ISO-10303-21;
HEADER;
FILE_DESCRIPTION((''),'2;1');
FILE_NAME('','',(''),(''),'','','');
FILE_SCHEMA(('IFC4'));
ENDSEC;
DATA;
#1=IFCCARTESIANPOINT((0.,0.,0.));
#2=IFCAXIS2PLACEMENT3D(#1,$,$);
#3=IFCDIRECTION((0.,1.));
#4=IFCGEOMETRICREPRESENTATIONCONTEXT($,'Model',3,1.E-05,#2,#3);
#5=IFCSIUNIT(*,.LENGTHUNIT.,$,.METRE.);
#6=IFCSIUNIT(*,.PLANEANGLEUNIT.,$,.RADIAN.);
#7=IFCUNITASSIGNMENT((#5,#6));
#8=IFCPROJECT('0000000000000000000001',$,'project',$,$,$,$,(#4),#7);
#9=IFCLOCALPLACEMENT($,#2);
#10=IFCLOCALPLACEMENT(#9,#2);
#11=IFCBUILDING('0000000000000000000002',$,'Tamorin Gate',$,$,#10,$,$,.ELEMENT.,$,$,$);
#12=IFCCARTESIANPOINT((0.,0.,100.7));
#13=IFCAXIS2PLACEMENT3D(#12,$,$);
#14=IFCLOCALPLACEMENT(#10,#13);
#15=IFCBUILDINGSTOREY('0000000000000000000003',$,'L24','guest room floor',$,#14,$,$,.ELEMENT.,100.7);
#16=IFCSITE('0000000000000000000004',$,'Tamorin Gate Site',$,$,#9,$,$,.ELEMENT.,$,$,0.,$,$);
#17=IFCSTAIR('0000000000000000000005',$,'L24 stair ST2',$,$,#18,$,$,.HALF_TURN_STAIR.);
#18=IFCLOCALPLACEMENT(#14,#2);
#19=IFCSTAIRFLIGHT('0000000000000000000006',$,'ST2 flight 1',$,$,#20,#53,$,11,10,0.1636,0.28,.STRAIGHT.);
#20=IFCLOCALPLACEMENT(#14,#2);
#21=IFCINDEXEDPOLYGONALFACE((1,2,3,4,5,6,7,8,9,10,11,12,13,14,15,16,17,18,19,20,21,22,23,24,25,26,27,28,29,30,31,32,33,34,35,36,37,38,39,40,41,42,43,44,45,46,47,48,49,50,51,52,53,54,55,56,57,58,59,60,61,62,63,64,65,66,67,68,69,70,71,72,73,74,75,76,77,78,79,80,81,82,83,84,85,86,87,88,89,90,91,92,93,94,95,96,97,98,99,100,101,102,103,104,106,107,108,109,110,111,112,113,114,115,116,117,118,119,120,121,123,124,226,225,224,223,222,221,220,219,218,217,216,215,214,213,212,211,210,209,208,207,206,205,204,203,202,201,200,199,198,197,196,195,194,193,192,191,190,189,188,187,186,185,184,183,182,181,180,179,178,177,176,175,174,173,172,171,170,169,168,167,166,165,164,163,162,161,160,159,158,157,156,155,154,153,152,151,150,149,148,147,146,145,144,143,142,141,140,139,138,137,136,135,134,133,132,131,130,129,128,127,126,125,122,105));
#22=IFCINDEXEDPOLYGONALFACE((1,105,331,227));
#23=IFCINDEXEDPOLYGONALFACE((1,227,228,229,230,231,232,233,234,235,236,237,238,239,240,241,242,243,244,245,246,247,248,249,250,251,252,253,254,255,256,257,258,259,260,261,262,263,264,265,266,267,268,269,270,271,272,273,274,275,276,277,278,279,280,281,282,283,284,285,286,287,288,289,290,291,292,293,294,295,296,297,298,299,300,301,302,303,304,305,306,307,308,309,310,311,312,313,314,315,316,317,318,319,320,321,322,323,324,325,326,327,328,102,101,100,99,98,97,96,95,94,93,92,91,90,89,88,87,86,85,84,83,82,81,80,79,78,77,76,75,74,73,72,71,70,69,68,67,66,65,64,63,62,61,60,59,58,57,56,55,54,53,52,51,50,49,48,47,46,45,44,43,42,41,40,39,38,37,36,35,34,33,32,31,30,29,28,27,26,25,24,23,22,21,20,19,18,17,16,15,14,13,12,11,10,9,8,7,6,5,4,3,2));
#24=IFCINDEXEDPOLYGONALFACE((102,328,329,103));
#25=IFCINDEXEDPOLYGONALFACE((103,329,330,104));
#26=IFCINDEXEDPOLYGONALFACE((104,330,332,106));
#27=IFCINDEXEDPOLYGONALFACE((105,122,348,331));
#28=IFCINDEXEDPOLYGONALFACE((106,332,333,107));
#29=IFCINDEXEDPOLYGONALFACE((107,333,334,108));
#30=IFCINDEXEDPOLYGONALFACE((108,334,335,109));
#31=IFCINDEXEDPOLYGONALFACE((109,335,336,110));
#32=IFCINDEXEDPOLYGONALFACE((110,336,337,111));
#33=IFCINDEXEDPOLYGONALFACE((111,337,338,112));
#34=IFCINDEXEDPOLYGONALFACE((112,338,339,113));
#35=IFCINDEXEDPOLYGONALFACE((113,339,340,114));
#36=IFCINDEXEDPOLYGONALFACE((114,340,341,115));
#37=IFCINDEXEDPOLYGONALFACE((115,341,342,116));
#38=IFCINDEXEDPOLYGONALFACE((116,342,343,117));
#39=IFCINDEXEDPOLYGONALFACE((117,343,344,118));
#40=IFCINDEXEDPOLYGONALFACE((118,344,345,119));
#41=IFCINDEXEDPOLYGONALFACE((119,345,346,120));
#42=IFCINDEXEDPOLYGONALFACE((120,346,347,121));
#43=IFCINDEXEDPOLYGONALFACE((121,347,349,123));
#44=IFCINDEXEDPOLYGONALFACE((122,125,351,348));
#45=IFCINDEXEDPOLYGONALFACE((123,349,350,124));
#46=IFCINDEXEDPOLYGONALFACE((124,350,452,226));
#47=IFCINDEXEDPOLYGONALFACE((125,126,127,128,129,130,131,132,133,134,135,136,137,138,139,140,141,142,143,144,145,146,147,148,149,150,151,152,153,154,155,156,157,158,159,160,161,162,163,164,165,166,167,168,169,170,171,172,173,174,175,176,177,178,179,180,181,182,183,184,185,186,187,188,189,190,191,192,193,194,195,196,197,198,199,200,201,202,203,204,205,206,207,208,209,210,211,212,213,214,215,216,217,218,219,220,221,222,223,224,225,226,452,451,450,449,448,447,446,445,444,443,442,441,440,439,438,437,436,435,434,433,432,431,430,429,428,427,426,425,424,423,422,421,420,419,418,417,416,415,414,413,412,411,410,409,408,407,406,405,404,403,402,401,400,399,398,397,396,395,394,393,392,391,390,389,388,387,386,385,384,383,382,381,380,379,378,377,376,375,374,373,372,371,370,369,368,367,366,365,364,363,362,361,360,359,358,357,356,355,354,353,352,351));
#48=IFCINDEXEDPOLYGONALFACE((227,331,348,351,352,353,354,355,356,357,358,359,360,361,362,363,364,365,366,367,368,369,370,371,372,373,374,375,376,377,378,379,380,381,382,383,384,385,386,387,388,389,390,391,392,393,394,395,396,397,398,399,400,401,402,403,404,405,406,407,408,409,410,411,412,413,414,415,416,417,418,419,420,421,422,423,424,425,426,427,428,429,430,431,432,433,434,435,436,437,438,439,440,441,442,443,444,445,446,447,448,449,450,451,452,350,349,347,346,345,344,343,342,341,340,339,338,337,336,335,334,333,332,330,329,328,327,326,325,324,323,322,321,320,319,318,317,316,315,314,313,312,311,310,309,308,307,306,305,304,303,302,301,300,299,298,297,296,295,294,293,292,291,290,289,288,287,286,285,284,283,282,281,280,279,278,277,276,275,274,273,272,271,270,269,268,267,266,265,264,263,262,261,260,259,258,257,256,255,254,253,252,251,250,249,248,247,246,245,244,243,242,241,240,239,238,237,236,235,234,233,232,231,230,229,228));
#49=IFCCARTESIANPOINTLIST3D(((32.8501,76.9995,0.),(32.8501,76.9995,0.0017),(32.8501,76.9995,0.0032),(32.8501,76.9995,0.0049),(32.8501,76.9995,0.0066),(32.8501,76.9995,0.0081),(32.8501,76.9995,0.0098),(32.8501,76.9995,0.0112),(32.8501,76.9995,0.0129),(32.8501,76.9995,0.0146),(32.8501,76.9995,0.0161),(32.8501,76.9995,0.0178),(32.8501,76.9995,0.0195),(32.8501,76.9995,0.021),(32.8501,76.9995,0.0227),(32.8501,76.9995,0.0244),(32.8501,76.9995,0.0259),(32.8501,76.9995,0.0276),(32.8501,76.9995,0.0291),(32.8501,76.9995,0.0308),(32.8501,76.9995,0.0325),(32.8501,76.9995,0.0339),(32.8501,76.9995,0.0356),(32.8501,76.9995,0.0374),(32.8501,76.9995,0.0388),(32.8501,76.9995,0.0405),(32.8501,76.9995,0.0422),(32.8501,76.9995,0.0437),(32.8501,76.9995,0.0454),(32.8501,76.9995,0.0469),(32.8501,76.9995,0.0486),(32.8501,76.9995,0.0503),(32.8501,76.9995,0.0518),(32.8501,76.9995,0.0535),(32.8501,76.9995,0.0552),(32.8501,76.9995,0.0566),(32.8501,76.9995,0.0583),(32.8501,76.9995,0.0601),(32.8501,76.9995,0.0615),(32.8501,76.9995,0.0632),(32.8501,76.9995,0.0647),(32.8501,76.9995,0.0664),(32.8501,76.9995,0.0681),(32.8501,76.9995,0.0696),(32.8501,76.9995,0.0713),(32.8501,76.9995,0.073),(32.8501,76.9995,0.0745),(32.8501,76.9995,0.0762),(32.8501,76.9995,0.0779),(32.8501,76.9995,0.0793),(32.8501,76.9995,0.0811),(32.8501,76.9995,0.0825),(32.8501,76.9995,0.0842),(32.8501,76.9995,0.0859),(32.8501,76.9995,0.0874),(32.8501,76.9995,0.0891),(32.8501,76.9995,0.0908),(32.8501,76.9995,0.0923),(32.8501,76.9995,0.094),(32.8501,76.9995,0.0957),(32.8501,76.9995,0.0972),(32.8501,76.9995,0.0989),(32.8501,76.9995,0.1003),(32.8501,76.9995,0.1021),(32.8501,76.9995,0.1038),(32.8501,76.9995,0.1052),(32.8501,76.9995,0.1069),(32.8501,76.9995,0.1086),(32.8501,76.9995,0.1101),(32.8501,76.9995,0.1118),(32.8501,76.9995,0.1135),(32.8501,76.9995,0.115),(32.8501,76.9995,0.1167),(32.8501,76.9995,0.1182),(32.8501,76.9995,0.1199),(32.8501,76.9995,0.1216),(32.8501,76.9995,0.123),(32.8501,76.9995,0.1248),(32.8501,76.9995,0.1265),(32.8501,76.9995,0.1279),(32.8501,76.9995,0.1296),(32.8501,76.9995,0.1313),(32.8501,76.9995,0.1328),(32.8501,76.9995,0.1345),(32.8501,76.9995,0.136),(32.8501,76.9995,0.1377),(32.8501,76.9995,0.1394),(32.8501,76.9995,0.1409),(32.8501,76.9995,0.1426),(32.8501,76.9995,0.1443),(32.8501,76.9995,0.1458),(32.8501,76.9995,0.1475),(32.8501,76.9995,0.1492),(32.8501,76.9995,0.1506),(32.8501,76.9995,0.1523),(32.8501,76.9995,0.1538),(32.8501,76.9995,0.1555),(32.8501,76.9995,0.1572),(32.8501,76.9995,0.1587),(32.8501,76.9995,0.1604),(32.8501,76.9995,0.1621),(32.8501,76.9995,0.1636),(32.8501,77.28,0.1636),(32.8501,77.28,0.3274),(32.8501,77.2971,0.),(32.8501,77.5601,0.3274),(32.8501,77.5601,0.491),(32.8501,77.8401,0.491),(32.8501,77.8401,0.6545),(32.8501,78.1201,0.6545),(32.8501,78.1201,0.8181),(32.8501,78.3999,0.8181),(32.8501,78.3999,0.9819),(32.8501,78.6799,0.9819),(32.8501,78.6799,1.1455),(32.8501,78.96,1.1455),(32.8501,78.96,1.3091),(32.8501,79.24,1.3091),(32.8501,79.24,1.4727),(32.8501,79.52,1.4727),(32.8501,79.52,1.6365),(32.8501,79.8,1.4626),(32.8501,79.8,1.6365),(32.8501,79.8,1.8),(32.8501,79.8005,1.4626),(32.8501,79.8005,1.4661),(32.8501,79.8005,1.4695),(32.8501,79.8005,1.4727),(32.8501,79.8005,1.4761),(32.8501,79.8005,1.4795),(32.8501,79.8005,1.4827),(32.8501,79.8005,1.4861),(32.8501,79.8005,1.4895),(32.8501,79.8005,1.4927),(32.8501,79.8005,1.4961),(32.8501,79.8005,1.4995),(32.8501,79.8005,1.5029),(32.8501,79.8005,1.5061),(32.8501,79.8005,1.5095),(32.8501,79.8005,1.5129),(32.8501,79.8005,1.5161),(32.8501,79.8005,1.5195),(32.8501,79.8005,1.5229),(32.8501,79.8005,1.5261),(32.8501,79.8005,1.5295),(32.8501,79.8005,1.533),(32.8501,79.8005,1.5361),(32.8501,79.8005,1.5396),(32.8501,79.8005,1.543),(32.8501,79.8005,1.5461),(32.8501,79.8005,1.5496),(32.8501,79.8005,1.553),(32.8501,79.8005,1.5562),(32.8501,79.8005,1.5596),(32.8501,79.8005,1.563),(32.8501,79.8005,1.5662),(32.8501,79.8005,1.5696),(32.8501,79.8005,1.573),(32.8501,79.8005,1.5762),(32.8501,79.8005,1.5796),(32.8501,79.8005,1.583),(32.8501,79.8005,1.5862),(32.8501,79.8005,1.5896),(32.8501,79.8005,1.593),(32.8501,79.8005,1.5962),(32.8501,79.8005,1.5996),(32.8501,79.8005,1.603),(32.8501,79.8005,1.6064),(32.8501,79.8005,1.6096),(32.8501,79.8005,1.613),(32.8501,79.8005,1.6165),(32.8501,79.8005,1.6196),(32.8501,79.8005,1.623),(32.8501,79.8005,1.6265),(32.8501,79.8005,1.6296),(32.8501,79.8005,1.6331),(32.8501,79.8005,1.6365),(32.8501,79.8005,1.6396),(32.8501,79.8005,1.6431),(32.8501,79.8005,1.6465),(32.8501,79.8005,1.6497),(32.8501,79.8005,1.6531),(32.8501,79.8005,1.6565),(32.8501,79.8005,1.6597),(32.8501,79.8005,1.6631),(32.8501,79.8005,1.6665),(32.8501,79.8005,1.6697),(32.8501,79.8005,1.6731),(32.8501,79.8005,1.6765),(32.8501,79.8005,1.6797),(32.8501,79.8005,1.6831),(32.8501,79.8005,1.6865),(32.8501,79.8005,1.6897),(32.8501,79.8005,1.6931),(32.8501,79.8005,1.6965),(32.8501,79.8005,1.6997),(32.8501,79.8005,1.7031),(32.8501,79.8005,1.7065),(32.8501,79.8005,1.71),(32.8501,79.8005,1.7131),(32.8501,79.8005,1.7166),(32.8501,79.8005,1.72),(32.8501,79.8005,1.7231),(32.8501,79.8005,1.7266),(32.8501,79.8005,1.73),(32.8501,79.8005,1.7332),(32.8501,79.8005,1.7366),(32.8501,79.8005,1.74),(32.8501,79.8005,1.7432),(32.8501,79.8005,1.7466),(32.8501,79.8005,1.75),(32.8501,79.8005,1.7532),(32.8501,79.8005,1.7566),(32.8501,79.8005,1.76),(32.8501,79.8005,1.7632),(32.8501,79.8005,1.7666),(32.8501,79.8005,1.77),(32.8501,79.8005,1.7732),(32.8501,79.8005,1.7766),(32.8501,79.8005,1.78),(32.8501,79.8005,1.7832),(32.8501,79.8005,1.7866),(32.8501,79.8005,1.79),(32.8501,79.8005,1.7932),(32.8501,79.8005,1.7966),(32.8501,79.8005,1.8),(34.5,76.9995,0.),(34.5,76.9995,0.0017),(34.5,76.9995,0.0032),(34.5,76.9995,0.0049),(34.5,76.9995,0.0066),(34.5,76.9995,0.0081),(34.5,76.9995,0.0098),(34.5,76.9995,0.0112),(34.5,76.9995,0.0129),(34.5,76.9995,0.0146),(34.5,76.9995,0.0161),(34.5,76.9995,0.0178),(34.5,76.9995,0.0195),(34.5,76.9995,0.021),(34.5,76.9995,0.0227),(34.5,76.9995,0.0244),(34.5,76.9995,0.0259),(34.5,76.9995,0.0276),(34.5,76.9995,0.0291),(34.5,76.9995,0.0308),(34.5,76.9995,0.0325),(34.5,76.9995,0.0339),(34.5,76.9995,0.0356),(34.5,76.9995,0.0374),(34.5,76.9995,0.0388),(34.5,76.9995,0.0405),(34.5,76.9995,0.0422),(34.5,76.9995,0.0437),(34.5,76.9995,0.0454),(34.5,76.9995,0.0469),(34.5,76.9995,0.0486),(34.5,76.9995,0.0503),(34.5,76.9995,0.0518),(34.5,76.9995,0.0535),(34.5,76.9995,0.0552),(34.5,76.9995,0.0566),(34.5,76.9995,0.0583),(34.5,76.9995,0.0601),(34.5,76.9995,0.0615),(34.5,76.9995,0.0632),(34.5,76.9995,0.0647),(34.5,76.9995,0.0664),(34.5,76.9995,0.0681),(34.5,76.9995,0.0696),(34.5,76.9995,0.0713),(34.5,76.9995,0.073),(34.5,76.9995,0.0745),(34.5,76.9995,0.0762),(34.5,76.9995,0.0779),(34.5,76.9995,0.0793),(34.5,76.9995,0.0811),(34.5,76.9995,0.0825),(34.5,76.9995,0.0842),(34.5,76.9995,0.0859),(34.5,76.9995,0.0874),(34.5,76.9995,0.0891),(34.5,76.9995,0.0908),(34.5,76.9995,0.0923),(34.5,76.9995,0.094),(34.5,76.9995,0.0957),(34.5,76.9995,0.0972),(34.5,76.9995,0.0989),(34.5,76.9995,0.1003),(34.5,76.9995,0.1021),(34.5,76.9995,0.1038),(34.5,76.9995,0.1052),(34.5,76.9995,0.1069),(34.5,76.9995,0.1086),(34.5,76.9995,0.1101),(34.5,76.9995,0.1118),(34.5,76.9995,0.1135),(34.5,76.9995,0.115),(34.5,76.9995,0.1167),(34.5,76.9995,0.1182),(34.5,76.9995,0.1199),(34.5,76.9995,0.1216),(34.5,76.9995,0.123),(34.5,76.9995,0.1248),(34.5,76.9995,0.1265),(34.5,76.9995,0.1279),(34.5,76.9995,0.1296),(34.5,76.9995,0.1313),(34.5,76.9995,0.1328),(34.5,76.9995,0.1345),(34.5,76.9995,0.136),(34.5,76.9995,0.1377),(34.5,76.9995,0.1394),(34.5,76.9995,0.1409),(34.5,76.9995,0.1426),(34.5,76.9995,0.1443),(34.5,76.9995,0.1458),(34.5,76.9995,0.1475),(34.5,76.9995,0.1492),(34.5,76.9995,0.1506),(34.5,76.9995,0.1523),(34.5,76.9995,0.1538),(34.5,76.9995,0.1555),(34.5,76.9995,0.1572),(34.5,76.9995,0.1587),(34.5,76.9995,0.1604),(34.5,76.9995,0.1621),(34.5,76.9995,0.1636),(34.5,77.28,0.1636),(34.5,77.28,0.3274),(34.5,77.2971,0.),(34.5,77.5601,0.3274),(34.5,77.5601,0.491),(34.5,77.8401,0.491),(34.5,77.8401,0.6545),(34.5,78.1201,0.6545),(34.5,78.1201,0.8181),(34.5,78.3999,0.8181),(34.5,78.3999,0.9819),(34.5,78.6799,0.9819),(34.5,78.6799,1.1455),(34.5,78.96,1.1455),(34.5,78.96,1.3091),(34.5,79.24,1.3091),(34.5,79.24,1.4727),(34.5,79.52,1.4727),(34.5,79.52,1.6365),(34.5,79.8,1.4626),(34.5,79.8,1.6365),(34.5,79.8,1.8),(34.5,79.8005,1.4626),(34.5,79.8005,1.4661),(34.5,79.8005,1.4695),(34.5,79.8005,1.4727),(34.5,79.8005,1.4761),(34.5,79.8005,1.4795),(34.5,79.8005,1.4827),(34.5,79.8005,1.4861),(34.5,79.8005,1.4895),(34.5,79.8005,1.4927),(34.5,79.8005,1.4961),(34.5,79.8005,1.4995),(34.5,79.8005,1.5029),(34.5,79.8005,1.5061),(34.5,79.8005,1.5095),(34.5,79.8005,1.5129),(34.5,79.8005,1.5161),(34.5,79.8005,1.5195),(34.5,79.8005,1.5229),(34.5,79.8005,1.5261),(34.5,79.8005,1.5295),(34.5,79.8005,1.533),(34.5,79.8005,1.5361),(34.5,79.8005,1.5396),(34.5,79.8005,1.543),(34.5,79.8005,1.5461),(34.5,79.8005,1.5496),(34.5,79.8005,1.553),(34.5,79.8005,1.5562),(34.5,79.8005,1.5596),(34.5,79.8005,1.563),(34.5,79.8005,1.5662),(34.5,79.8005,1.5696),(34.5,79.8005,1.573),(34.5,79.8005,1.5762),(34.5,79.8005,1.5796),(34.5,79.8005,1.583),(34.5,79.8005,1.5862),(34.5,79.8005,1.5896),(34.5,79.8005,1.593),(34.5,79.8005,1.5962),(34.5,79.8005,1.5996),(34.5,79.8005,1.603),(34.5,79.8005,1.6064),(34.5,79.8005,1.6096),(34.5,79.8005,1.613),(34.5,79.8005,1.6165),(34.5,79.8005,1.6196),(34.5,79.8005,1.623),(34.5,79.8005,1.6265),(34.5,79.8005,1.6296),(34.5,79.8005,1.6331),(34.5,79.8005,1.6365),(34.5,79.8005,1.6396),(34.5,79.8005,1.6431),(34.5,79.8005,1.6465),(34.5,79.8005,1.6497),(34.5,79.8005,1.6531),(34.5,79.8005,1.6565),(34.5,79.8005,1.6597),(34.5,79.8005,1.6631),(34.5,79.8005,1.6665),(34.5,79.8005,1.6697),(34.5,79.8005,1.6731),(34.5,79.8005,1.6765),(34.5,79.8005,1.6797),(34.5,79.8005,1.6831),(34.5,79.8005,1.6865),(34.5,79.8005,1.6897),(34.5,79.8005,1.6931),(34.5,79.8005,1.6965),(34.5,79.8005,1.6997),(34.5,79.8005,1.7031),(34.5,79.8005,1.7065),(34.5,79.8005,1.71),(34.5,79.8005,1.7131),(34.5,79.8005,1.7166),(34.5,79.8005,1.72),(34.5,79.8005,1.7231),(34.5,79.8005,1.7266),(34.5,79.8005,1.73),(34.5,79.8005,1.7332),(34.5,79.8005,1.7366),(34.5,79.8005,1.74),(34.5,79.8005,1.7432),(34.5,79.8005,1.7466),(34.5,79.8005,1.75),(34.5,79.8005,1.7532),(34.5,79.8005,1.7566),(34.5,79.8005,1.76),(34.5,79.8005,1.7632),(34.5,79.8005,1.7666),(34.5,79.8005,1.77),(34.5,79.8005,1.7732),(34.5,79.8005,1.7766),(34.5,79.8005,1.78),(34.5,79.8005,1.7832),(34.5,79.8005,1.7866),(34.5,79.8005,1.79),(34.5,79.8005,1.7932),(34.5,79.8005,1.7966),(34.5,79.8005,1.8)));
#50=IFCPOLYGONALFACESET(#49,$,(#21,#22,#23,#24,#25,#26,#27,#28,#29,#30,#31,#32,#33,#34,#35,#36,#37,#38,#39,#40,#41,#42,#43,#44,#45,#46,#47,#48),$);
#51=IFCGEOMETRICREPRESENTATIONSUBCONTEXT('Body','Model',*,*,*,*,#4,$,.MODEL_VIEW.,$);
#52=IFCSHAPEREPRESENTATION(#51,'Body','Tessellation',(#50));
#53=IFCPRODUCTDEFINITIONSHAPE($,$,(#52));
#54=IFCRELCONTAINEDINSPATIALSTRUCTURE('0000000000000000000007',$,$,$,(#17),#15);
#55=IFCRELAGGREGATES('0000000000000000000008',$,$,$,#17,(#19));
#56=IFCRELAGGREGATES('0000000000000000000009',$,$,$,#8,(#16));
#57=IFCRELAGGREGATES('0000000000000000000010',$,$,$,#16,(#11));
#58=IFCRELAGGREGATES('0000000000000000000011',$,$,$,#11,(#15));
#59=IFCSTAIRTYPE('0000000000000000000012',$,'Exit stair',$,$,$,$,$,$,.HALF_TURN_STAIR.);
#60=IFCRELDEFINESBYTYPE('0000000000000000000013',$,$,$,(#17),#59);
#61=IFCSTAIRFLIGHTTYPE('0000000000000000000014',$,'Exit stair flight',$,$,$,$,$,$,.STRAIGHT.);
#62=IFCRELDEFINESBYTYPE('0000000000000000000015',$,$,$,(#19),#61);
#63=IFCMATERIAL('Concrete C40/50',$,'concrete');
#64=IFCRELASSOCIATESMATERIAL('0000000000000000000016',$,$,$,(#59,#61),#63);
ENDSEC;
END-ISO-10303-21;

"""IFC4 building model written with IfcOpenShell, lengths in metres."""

from ifc_helpers import new_model, si_unit, direction, frame, origin, place, context, subcontext, project, spatial, polyline, outline, extrude, material, type_object, element, aggregate, save


model = new_model("IFC4")

# Units and contexts
model_context = context("Model", 3, precision=1e-05, world=origin(), true_north=direction((0.0, 1.0)))
body_context = subcontext(model_context, "Body", "Model", "MODEL_VIEW")
ifc_project = project(units=[si_unit("LENGTHUNIT", "METRE"), si_unit("PLANEANGLEUNIT", "RADIAN")], contexts=[model_context])

# Site, building, storey
site_placement = place(None, origin())
site = spatial("IfcSite", under=ifc_project, at=site_placement, Name="Tamorin Gate Site", CompositionType="ELEMENT", RefElevation=0.0)
building_placement = place(site_placement, origin())
building = spatial("IfcBuilding", under=site, at=building_placement, Name="Tamorin Gate", CompositionType="ELEMENT")
storey_placement = place(building_placement, frame((0.0, 0.0, 100.7)))
storey = spatial("IfcBuildingStorey", under=building, at=storey_placement, Name="L24", Description="guest room floor", CompositionType="ELEMENT", Elevation=100.7)

# Shared definitions
ifc_material_1 = material(Name="Concrete C40/50", Category="concrete")

# Stair, stair flight
stair_type = type_object("IfcStairType", Name="Exit stair", PredefinedType="HALF_TURN_STAIR", material=ifc_material_1)
stair_placement = place(storey_placement, origin())
stair = element("IfcStair", 1, at=stair_placement, inside=storey, type_object=stair_type, Name="L24 stair ST2", PredefinedType="HALF_TURN_STAIR")
stair_flight_type = type_object("IfcStairFlightType", Name="Exit stair flight", PredefinedType="STRAIGHT", material=ifc_material_1)
stair_flight_1_placement = place(storey_placement, frame((33.675, 77.0, 0.0), z_axis=(0.0, 0.0, 1.0), x_axis=(0.0, 1.0, 0.0)))
stair_flight_1 = element("IfcStairFlight", 2, at=stair_flight_1_placement, type_object=stair_flight_type, Name="ST2 flight 1", NumberOfRisers=11, NumberOfTreads=10, PredefinedType="STRAIGHT", RiserHeight=0.1636, TreadLength=0.28, context=body_context, shape_type="SweptSolid", body=[
    extrude(outline(polyline([(-0.0005, 0.0), (-0.0005, 0.0017), (-0.0005, 0.0032), (-0.0005, 0.0049), (-0.0005, 0.0066), (-0.0005, 0.0081), (-0.0005, 0.0098), (-0.0005, 0.0112), (-0.0005, 0.0129), (-0.0005, 0.0146), (-0.0005, 0.0161), (-0.0005, 0.0178), (-0.0005, 0.0195), (-0.0005, 0.021), (-0.0005, 0.0227), (-0.0005, 0.0244), (-0.0005, 0.0259), (-0.0005, 0.0276), (-0.0005, 0.0291), (-0.0005, 0.0308), (-0.0005, 0.0325), (-0.0005, 0.0339), (-0.0005, 0.0356), (-0.0005, 0.0374), (-0.0005, 0.0388), (-0.0005, 0.0405), (-0.0005, 0.0422), (-0.0005, 0.0437), (-0.0005, 0.0454), (-0.0005, 0.0469), (-0.0005, 0.0486), (-0.0005, 0.0503), (-0.0005, 0.0518), (-0.0005, 0.0535), (-0.0005, 0.0552), (-0.0005, 0.0566), (-0.0005, 0.0583), (-0.0005, 0.0601), (-0.0005, 0.0615), (-0.0005, 0.0632), (-0.0005, 0.0647), (-0.0005, 0.0664), (-0.0005, 0.0681), (-0.0005, 0.0696), (-0.0005, 0.0713), (-0.0005, 0.073), (-0.0005, 0.0745), (-0.0005, 0.0762), (-0.0005, 0.0779), (-0.0005, 0.0793), (-0.0005, 0.0811), (-0.0005, 0.0825), (-0.0005, 0.0842), (-0.0005, 0.0859), (-0.0005, 0.0874), (-0.0005, 0.0891), (-0.0005, 0.0908), (-0.0005, 0.0923), (-0.0005, 0.094), (-0.0005, 0.0957), (-0.0005, 0.0972), (-0.0005, 0.0989), (-0.0005, 0.1003), (-0.0005, 0.1021), (-0.0005, 0.1038), (-0.0005, 0.1052), (-0.0005, 0.1069), (-0.0005, 0.1086), (-0.0005, 0.1101), (-0.0005, 0.1118), (-0.0005, 0.1135), (-0.0005, 0.115), (-0.0005, 0.1167), (-0.0005, 0.1182), (-0.0005, 0.1199), (-0.0005, 0.1216), (-0.0005, 0.123), (-0.0005, 0.1248), (-0.0005, 0.1265), (-0.0005, 0.1279), (-0.0005, 0.1296), (-0.0005, 0.1313), (-0.0005, 0.1328), (-0.0005, 0.1345), (-0.0005, 0.136), (-0.0005, 0.1377), (-0.0005, 0.1394), (-0.0005, 0.1409), (-0.0005, 0.1426), (-0.0005, 0.1443), (-0.0005, 0.1458), (-0.0005, 0.1475), (-0.0005, 0.1492), (-0.0005, 0.1506), (-0.0005, 0.1523), (-0.0005, 0.1538), (-0.0005, 0.1555), (-0.0005, 0.1572), (-0.0005, 0.1587), (-0.0005, 0.1604), (-0.0005, 0.1621), (-0.0005, 0.1636), (0.28, 0.1636), (0.28, 0.3274), (0.5601, 0.3274), (0.5601, 0.491), (0.8401, 0.491), (0.8401, 0.6545), (1.1201, 0.6545), (1.1201, 0.8181), (1.3999, 0.8181), (1.3999, 0.9819), (1.6799, 0.9819), (1.6799, 1.1455), (1.96, 1.1455), (1.96, 1.3091), (2.24, 1.3091), (2.24, 1.4727), (2.52, 1.4727), (2.52, 1.6365), (2.8, 1.6365), (2.8, 1.8), (2.8005, 1.8), (2.8005, 1.7966), (2.8005, 1.7932), (2.8005, 1.79), (2.8005, 1.7866), (2.8005, 1.7832), (2.8005, 1.78), (2.8005, 1.7766), (2.8005, 1.7732), (2.8005, 1.77), (2.8005, 1.7666), (2.8005, 1.7632), (2.8005, 1.76), (2.8005, 1.7566), (2.8005, 1.7532), (2.8005, 1.75), (2.8005, 1.7466), (2.8005, 1.7432), (2.8005, 1.74), (2.8005, 1.7366), (2.8005, 1.7332), (2.8005, 1.73), (2.8005, 1.7266), (2.8005, 1.7231), (2.8005, 1.72), (2.8005, 1.7166), (2.8005, 1.7131), (2.8005, 1.71), (2.8005, 1.7065), (2.8005, 1.7031), (2.8005, 1.6997), (2.8005, 1.6965), (2.8005, 1.6931), (2.8005, 1.6897), (2.8005, 1.6865), (2.8005, 1.6831), (2.8005, 1.6797), (2.8005, 1.6765), (2.8005, 1.6731), (2.8005, 1.6697), (2.8005, 1.6665), (2.8005, 1.6631), (2.8005, 1.6597), (2.8005, 1.6565), (2.8005, 1.6531), (2.8005, 1.6497), (2.8005, 1.6465), (2.8005, 1.6431), (2.8005, 1.6396), (2.8005, 1.6365), (2.8005, 1.6331), (2.8005, 1.6296), (2.8005, 1.6265), (2.8005, 1.623), (2.8005, 1.6196), (2.8005, 1.6165), (2.8005, 1.613), (2.8005, 1.6096), (2.8005, 1.6064), (2.8005, 1.603), (2.8005, 1.5996), (2.8005, 1.5962), (2.8005, 1.593), (2.8005, 1.5896), (2.8005, 1.5862), (2.8005, 1.583), (2.8005, 1.5796), (2.8005, 1.5762), (2.8005, 1.573), (2.8005, 1.5696), (2.8005, 1.5662), (2.8005, 1.563), (2.8005, 1.5596), (2.8005, 1.5562), (2.8005, 1.553), (2.8005, 1.5496), (2.8005, 1.5461), (2.8005, 1.543), (2.8005, 1.5396), (2.8005, 1.5361), (2.8005, 1.533), (2.8005, 1.5295), (2.8005, 1.5261), (2.8005, 1.5229), (2.8005, 1.5195), (2.8005, 1.5161), (2.8005, 1.5129), (2.8005, 1.5095), (2.8005, 1.5061), (2.8005, 1.5029), (2.8005, 1.4995), (2.8005, 1.4961), (2.8005, 1.4927), (2.8005, 1.4895), (2.8005, 1.4861), (2.8005, 1.4827), (2.8005, 1.4795), (2.8005, 1.4761), (2.8005, 1.4727), (2.8005, 1.4695), (2.8005, 1.4661), (2.8005, 1.4626), (2.8, 1.4626), (0.2971, 0.0), (-0.0005, 0.0)])), frame((0.0, 0.825, 0.0), z_axis=(0.0, -1.0, 0.0), x_axis=(1.0, 0.0, 0.0)), (0.0, 0.0, 1.0), 1.6499),
])
aggregate(stair, [stair_flight_1])

save(model, "model.ifc")
